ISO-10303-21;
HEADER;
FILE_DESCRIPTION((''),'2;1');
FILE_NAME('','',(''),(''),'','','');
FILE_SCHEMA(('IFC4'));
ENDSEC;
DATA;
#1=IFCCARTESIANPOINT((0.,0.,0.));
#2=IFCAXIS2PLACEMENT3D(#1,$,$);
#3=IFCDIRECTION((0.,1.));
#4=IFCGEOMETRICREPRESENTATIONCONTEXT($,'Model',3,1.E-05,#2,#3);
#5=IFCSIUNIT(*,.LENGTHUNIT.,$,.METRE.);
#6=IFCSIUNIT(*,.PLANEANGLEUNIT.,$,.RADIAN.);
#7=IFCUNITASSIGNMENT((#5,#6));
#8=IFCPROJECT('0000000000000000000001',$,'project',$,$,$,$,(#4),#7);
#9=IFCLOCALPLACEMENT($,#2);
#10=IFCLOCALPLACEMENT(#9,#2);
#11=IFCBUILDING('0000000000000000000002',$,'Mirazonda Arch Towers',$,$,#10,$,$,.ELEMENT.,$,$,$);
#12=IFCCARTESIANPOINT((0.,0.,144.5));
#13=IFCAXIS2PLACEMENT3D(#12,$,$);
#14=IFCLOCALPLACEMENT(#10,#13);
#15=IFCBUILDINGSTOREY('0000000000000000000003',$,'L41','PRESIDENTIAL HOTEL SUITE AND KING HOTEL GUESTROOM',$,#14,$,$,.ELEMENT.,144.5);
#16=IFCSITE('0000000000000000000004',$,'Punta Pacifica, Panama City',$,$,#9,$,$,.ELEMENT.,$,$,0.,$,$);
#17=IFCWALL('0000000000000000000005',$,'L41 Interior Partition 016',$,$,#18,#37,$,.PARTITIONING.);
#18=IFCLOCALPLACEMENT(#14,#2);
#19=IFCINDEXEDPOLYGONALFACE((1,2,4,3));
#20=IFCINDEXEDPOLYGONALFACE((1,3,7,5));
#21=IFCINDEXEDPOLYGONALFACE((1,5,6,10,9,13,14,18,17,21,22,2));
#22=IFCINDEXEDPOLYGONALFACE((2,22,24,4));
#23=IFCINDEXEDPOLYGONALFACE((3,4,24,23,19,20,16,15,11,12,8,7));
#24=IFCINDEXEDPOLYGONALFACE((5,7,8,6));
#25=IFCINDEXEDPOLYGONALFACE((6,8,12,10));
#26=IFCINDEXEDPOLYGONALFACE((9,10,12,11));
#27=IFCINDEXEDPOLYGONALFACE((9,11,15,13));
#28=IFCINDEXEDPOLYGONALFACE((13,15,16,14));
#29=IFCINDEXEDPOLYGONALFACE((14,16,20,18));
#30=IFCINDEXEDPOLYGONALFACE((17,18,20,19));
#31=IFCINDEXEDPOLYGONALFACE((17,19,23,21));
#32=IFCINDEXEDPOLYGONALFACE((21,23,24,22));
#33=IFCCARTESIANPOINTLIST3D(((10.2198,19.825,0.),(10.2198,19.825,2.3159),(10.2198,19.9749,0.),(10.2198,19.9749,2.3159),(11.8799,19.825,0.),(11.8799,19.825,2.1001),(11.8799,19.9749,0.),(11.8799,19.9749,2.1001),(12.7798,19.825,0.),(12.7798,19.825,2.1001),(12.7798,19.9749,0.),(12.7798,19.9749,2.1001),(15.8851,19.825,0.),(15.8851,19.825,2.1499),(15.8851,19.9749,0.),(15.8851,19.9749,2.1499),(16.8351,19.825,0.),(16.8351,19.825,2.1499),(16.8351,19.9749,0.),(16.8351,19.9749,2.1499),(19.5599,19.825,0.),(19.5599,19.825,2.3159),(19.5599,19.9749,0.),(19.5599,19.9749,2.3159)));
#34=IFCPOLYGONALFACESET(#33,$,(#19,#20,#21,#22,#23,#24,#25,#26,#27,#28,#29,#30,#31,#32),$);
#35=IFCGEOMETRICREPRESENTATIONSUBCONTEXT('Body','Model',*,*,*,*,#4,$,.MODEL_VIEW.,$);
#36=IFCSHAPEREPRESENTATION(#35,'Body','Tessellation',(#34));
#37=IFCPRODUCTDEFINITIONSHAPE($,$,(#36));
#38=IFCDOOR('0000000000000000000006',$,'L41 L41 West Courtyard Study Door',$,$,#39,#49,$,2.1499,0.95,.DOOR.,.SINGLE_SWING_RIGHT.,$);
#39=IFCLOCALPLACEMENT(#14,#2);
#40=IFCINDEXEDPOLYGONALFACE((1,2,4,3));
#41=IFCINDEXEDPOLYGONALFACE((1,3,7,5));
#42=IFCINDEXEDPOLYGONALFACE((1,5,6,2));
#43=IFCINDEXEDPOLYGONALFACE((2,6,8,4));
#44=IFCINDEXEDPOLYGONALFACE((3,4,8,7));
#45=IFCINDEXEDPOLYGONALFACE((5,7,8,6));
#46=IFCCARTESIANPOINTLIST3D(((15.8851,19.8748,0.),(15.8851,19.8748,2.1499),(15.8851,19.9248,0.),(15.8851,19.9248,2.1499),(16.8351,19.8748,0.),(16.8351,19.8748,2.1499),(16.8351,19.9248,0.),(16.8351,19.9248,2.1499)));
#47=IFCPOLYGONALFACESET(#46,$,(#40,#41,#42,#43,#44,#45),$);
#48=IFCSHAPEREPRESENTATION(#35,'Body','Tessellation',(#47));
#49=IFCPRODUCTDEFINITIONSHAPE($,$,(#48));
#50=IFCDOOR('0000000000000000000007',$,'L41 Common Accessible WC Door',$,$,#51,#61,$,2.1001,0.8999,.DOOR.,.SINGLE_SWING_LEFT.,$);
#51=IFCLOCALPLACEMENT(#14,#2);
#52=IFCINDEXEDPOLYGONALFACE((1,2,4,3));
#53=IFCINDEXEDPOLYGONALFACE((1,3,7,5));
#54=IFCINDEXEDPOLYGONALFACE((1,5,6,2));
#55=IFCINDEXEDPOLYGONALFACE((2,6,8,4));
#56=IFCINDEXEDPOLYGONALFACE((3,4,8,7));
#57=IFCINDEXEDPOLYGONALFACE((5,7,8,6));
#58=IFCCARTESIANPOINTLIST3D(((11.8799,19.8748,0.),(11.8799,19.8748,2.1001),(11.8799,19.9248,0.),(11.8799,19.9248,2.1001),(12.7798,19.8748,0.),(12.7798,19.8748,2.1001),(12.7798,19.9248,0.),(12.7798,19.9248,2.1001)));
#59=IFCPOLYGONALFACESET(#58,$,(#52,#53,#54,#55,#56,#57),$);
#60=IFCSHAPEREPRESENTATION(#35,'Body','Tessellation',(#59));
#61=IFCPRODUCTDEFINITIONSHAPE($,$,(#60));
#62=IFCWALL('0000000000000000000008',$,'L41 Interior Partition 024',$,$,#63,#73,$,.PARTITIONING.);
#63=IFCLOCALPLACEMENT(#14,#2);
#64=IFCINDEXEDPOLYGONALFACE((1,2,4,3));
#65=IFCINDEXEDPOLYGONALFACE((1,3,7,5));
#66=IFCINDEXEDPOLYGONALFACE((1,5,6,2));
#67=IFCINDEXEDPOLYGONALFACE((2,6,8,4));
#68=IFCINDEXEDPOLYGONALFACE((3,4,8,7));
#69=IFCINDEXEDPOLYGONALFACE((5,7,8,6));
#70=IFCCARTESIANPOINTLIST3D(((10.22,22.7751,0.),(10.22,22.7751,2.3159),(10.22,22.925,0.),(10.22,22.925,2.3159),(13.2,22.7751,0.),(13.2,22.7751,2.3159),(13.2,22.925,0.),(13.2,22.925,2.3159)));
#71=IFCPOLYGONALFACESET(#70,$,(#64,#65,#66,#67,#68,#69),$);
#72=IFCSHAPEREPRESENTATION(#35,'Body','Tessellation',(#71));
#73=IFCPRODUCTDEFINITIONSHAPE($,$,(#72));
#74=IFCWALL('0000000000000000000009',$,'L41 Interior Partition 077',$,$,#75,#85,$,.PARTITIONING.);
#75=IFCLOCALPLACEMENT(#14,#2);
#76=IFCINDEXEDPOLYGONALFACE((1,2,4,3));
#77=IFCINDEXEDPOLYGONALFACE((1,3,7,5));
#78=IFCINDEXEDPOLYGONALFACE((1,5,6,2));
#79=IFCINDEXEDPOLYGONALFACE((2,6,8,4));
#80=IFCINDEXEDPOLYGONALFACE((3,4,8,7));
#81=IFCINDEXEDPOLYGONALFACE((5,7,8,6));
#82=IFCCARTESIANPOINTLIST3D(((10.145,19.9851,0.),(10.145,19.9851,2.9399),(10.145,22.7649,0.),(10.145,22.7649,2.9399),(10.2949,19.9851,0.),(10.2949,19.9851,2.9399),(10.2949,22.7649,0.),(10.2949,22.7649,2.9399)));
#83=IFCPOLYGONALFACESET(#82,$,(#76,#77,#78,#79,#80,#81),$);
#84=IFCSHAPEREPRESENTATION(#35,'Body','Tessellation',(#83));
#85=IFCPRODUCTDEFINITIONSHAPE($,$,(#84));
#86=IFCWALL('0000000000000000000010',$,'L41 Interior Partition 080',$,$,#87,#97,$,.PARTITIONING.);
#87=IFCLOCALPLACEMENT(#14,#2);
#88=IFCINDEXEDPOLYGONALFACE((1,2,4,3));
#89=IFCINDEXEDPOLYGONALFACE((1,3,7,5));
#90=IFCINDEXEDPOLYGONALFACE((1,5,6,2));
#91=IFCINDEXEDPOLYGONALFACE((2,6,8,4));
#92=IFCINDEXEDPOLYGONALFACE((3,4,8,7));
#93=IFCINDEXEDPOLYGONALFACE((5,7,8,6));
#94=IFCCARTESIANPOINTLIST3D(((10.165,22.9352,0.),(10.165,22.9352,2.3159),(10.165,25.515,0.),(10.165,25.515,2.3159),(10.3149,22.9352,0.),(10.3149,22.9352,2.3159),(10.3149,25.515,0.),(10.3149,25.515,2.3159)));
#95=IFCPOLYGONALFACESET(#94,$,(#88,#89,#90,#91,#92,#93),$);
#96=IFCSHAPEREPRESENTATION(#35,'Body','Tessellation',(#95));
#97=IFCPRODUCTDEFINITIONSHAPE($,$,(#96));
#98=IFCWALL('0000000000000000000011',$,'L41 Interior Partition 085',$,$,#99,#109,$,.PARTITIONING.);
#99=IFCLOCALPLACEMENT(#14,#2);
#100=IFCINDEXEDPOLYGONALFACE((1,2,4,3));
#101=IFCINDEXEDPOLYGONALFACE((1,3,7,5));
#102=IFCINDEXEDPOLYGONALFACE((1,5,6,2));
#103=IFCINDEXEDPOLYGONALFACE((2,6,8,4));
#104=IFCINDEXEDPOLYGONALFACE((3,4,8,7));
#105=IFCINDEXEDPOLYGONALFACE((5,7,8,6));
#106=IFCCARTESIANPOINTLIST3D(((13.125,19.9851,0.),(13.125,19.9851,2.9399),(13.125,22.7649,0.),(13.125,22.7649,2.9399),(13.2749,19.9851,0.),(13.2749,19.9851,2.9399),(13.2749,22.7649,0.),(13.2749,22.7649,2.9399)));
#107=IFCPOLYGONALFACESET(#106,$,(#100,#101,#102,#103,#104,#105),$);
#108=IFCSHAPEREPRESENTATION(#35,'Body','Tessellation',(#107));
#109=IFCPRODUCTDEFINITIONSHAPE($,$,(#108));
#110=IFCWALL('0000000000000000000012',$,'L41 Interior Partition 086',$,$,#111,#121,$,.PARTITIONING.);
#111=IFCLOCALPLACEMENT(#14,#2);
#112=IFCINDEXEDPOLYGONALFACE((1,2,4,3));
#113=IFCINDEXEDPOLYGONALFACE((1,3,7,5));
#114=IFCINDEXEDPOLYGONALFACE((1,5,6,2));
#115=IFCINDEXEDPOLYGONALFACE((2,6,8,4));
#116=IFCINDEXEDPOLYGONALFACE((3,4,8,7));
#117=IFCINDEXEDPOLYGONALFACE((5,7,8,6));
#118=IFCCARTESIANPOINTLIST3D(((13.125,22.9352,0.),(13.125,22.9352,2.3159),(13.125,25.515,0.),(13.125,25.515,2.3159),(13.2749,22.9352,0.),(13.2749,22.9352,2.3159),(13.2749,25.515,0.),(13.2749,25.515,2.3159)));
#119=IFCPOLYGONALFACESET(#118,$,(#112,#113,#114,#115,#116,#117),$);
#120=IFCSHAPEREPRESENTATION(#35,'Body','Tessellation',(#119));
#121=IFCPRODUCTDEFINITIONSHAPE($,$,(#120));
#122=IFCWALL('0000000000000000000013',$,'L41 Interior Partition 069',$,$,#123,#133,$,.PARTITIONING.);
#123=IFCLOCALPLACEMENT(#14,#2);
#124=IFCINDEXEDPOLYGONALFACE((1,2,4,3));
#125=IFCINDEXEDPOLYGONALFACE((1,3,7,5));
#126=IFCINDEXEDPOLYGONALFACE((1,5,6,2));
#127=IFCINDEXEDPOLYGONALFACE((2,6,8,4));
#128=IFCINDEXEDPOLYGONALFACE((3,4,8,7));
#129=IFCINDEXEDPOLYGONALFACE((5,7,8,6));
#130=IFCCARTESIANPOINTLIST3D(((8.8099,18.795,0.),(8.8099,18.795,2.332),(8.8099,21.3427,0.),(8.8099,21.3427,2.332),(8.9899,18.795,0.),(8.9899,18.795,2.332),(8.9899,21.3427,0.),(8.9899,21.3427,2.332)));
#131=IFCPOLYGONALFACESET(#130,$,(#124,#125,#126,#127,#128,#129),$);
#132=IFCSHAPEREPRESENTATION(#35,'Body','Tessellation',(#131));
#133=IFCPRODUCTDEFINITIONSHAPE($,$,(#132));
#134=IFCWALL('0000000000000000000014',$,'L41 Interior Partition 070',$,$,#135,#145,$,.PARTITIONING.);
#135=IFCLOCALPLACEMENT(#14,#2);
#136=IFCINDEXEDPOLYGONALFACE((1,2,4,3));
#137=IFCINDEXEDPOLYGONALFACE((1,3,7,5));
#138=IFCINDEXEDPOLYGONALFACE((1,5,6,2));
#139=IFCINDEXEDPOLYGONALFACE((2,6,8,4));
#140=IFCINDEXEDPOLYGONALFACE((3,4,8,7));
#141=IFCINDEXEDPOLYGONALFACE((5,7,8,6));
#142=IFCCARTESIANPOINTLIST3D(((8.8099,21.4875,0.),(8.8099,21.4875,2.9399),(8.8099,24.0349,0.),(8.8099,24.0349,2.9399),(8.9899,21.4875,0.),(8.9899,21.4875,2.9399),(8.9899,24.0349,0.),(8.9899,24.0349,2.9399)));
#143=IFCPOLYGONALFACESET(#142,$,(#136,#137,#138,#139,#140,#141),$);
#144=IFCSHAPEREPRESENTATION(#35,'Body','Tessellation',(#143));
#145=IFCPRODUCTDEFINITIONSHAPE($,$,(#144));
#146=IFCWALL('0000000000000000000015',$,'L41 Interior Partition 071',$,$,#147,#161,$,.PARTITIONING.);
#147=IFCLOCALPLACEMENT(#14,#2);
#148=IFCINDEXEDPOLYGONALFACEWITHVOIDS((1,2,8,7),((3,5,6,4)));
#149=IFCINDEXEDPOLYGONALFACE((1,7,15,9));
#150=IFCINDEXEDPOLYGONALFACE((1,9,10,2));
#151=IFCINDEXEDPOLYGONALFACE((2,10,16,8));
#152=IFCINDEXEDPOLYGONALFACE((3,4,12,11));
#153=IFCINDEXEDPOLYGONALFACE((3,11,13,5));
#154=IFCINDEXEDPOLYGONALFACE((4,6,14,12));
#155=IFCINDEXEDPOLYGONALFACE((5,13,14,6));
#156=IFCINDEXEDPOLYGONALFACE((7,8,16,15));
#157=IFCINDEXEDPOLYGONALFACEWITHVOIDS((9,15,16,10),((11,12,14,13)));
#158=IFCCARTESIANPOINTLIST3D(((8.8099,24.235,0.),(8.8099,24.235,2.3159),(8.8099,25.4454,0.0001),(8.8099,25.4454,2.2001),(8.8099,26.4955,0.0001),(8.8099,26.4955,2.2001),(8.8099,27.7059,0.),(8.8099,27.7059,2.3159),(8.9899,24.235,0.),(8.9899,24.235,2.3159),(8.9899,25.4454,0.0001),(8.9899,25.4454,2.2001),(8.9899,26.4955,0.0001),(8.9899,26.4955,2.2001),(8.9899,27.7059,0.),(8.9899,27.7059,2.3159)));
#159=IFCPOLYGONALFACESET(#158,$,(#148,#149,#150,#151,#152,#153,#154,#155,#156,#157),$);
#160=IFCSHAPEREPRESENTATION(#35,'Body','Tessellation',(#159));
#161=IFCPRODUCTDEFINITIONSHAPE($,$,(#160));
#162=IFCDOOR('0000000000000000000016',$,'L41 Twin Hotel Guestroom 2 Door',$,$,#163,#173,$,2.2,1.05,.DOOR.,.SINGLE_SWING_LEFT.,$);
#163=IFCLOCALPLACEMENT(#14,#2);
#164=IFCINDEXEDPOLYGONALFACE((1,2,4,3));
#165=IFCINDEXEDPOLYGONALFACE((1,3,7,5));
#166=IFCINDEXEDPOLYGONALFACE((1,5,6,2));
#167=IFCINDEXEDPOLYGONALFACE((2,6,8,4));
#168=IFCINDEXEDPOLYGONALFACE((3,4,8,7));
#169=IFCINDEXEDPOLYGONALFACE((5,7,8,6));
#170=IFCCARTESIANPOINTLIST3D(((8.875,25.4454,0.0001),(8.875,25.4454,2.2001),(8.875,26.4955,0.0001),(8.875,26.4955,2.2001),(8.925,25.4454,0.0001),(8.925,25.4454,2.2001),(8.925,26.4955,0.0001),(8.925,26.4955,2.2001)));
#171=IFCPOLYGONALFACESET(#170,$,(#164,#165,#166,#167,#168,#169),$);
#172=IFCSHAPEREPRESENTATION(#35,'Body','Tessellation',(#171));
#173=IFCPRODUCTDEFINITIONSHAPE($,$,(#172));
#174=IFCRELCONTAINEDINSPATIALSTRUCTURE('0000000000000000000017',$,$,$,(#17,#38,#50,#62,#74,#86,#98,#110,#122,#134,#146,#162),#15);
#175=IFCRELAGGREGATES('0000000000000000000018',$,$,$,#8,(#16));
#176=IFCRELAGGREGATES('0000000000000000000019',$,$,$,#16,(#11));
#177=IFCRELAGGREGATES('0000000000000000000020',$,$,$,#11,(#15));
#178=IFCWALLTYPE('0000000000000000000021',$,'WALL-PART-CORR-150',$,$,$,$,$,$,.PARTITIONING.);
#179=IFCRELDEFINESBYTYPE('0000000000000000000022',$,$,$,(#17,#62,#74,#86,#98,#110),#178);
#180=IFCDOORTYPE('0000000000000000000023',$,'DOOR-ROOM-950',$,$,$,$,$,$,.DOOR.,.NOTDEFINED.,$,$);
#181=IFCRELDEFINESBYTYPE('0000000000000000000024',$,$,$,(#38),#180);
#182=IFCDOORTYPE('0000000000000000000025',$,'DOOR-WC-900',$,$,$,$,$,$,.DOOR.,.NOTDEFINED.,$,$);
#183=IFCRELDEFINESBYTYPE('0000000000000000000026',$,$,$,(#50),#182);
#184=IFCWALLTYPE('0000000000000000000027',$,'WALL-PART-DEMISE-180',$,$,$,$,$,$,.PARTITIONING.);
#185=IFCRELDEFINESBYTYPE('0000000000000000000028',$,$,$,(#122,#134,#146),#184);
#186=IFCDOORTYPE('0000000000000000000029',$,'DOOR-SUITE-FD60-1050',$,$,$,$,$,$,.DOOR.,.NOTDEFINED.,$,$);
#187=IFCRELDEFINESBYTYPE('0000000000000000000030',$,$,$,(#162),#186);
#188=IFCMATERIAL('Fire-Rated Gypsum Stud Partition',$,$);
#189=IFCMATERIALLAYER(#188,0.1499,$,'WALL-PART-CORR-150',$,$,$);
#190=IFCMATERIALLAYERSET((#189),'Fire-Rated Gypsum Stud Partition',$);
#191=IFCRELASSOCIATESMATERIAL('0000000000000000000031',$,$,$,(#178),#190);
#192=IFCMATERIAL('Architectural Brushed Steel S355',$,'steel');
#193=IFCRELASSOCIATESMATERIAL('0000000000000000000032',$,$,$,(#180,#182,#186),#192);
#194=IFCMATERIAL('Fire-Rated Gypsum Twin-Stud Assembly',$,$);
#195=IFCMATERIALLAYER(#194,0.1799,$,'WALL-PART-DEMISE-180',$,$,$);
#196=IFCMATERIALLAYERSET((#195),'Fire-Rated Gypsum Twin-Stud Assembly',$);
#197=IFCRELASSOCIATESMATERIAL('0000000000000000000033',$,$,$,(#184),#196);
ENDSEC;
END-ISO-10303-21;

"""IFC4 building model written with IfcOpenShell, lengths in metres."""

from ifc_helpers import new_model, si_unit, direction, frame, frame_2d, origin, place, context, subcontext, project, spatial, rectangle, extrude, material, layer, layer_set, type_object, element, fill, save


model = new_model("IFC4")

# Units and contexts
model_context = context("Model", 3, precision=1e-05, world=origin(), true_north=direction((0.0, 1.0)))
body_context = subcontext(model_context, "Body", "Model", "MODEL_VIEW")
ifc_project = project(units=[si_unit("LENGTHUNIT", "METRE"), si_unit("PLANEANGLEUNIT", "RADIAN")], contexts=[model_context])

# Site, building, storey
site_placement = place(None, origin())
site = spatial("IfcSite", under=ifc_project, at=site_placement, Name="Punta Pacifica, Panama City", CompositionType="ELEMENT", RefElevation=0.0)
building_placement = place(site_placement, origin())
building = spatial("IfcBuilding", under=site, at=building_placement, Name="Mirazonda Arch Towers", CompositionType="ELEMENT")
storey_placement = place(building_placement, frame((0.0, 0.0, 144.5)))
storey = spatial("IfcBuildingStorey", under=building, at=storey_placement, Name="L41", Description="PRESIDENTIAL HOTEL SUITE AND KING HOTEL GUESTROOM", CompositionType="ELEMENT", Elevation=144.5)

# Shared definitions
ifc_material_1 = material(Name="Architectural Brushed Steel S355", Category="steel")

# Shared definitions
ifc_material_2 = material(Name="Fire-Rated Gypsum Stud Partition")
ifc_layer_1 = layer(ifc_material_2, 0.1499, Name="WALL-PART-CORR-150")
ifc_layer_set_1 = layer_set([ifc_layer_1], Name="Fire-Rated Gypsum Stud Partition")
wall_type_1 = type_object("IfcWallType", Name="WALL-PART-CORR-150", PredefinedType="PARTITIONING", material=ifc_layer_set_1)

# Wall, openings, doors
wall_1_placement = place(storey_placement, frame((10.22, 19.8999, 0.0), z_axis=(0.0, 0.0, 1.0), x_axis=(1.0, 0.0, 0.0)))
wall_1 = element("IfcWall", 1, at=wall_1_placement, inside=storey, type_object=wall_type_1, Name="L41 Interior Partition 016", PredefinedType="PARTITIONING", context=body_context, shape_type="SweptSolid", body=[
    extrude(rectangle(XDim=9.3401, YDim=0.1499, at=frame_2d((4.6699, 0.0))), origin(), (0.0, 0.0, 1.0), 2.3159),
])
opening_1_placement = place(wall_1_placement, frame((1.6599, 0.0, 0.0)))
opening_1 = element("IfcOpeningElement", 2, at=opening_1_placement, cuts=wall_1, PredefinedType="OPENING", context=body_context, shape_type="SweptSolid", body=[
    extrude(rectangle(XDim=0.8999, YDim=2.1001, at=frame_2d((0.45, 1.05))), frame((0.0, 0.085, 0.0), z_axis=(0.0, -1.0, 0.0), x_axis=(1.0, 0.0, 0.0)), (0.0, 0.0, 1.0), 0.1699),
])
opening_2_placement = place(wall_1_placement, frame((5.665, 0.0, 0.0)))
opening_2 = element("IfcOpeningElement", 3, at=opening_2_placement, cuts=wall_1, PredefinedType="OPENING", context=body_context, shape_type="SweptSolid", body=[
    extrude(rectangle(XDim=0.95, YDim=2.1499, at=frame_2d((0.4751, 1.075))), frame((0.0, 0.085, 0.0), z_axis=(0.0, -1.0, 0.0), x_axis=(1.0, 0.0, 0.0)), (0.0, 0.0, 1.0), 0.1699),
])
door_type_1 = type_object("IfcDoorType", Name="DOOR-ROOM-950", OperationType="NOTDEFINED", PredefinedType="DOOR", material=ifc_material_1)
door_1_placement = place(opening_2_placement, origin())
door_1 = element("IfcDoor", 4, at=door_1_placement, inside=storey, type_object=door_type_1, Name="L41 L41 West Courtyard Study Door", OperationType="SINGLE_SWING_RIGHT", OverallHeight=2.1499, OverallWidth=0.95, PredefinedType="DOOR", context=body_context, shape_type="SweptSolid", body=[
    extrude(rectangle(XDim=0.95, YDim=2.1499, at=frame_2d((0.4751, 1.075))), frame((0.0, 0.0249, 0.0), z_axis=(0.0, -1.0, 0.0), x_axis=(1.0, 0.0, 0.0)), (0.0, 0.0, 1.0), 0.05),
])
fill(opening_2, door_1)
door_type_2 = type_object("IfcDoorType", Name="DOOR-WC-900", OperationType="NOTDEFINED", PredefinedType="DOOR", material=ifc_material_1)
door_2_placement = place(opening_1_placement, origin())
door_2 = element("IfcDoor", 5, at=door_2_placement, inside=storey, type_object=door_type_2, Name="L41 Common Accessible WC Door", OperationType="SINGLE_SWING_LEFT", OverallHeight=2.1001, OverallWidth=0.8999, PredefinedType="DOOR", context=body_context, shape_type="SweptSolid", body=[
    extrude(rectangle(XDim=0.8999, YDim=2.1001, at=frame_2d((0.45, 1.05))), frame((0.0, 0.0249, 0.0), z_axis=(0.0, -1.0, 0.0), x_axis=(1.0, 0.0, 0.0)), (0.0, 0.0, 1.0), 0.05),
])
fill(opening_1, door_2)

# Walls
wall_2_placement = place(storey_placement, frame((10.22, 22.8501, 0.0), z_axis=(0.0, 0.0, 1.0), x_axis=(1.0, 0.0, 0.0)))
element("IfcWall", 6, at=wall_2_placement, inside=storey, type_object=wall_type_1, Name="L41 Interior Partition 024", PredefinedType="PARTITIONING", context=body_context, shape_type="SweptSolid", body=[
    extrude(rectangle(XDim=2.98, YDim=0.1499, at=frame_2d((1.49, 0.0))), origin(), (0.0, 0.0, 1.0), 2.3159),
])
wall_3_placement = place(storey_placement, frame((10.22, 19.9851, 0.0), z_axis=(0.0, 0.0, 1.0), x_axis=(0.0, 1.0, 0.0)))
element("IfcWall", 7, at=wall_3_placement, inside=storey, type_object=wall_type_1, Name="L41 Interior Partition 077", PredefinedType="PARTITIONING", context=body_context, shape_type="SweptSolid", body=[
    extrude(rectangle(XDim=2.7798, YDim=0.1499, at=frame_2d((1.3899, 0.0))), origin(), (0.0, 0.0, 1.0), 2.9399),
])
wall_4_placement = place(storey_placement, frame((10.24, 22.9351, 0.0), z_axis=(0.0, 0.0, 1.0), x_axis=(0.0, 1.0, 0.0)))
element("IfcWall", 8, at=wall_4_placement, inside=storey, type_object=wall_type_1, Name="L41 Interior Partition 080", PredefinedType="PARTITIONING", context=body_context, shape_type="SweptSolid", body=[
    extrude(rectangle(XDim=2.5798, YDim=0.1499, at=frame_2d((1.29, 0.0))), origin(), (0.0, 0.0, 1.0), 2.3159),
])
wall_5_placement = place(storey_placement, frame((13.2, 19.9851, 0.0), z_axis=(0.0, 0.0, 1.0), x_axis=(0.0, 1.0, 0.0)))
element("IfcWall", 9, at=wall_5_placement, inside=storey, type_object=wall_type_1, Name="L41 Interior Partition 085", PredefinedType="PARTITIONING", context=body_context, shape_type="SweptSolid", body=[
    extrude(rectangle(XDim=2.7798, YDim=0.1499, at=frame_2d((1.3899, 0.0))), origin(), (0.0, 0.0, 1.0), 2.9399),
])
wall_6_placement = place(storey_placement, frame((13.2, 22.9351, 0.0), z_axis=(0.0, 0.0, 1.0), x_axis=(0.0, 1.0, 0.0)))
element("IfcWall", 10, at=wall_6_placement, inside=storey, type_object=wall_type_1, Name="L41 Interior Partition 086", PredefinedType="PARTITIONING", context=body_context, shape_type="SweptSolid", body=[
    extrude(rectangle(XDim=2.5798, YDim=0.1499, at=frame_2d((1.29, 0.0))), origin(), (0.0, 0.0, 1.0), 2.3159),
])
ifc_material_3 = material(Name="Fire-Rated Gypsum Twin-Stud Assembly")
ifc_layer_2 = layer(ifc_material_3, 0.1799, Name="WALL-PART-DEMISE-180")
ifc_layer_set_2 = layer_set([ifc_layer_2], Name="Fire-Rated Gypsum Twin-Stud Assembly")
wall_type_2 = type_object("IfcWallType", Name="WALL-PART-DEMISE-180", PredefinedType="PARTITIONING", material=ifc_layer_set_2)
wall_7_placement = place(storey_placement, frame((8.8999, 18.7949, 0.0), z_axis=(0.0, 0.0, 1.0), x_axis=(0.0, 1.0, 0.0)))
element("IfcWall", 11, at=wall_7_placement, inside=storey, type_object=wall_type_2, Name="L41 Interior Partition 069", PredefinedType="PARTITIONING", context=body_context, shape_type="SweptSolid", body=[
    extrude(rectangle(XDim=2.5476, YDim=0.1799, at=frame_2d((1.2739, 0.0))), origin(), (0.0, 0.0, 1.0), 2.332),
])
wall_8_placement = place(storey_placement, frame((8.8999, 21.4875, 0.0), z_axis=(0.0, 0.0, 1.0), x_axis=(0.0, 1.0, 0.0)))
element("IfcWall", 12, at=wall_8_placement, inside=storey, type_object=wall_type_2, Name="L41 Interior Partition 070", PredefinedType="PARTITIONING", context=body_context, shape_type="SweptSolid", body=[
    extrude(rectangle(XDim=2.5474, YDim=0.1799, at=frame_2d((1.2737, 0.0))), origin(), (0.0, 0.0, 1.0), 2.9399),
])

# Wall, opening, door
wall_9_placement = place(storey_placement, frame((8.8999, 24.2351, 0.0), z_axis=(0.0, 0.0, 1.0), x_axis=(0.0, 1.0, 0.0)))
wall_9 = element("IfcWall", 13, at=wall_9_placement, inside=storey, type_object=wall_type_2, Name="L41 Interior Partition 071", PredefinedType="PARTITIONING", context=body_context, shape_type="SweptSolid", body=[
    extrude(rectangle(XDim=3.4709, YDim=0.1799, at=frame_2d((1.7354, 0.0))), origin(), (0.0, 0.0, 1.0), 2.3159),
])
opening_3_placement = place(wall_9_placement, frame((1.2104, 0.0, 0.0)))
opening_3 = element("IfcOpeningElement", 14, at=opening_3_placement, cuts=wall_9, PredefinedType="OPENING", context=body_context, shape_type="SweptSolid", body=[
    extrude(rectangle(XDim=1.05, YDim=2.2, at=frame_2d((0.5249, 1.1001))), frame((0.0, 0.0999, 0.0), z_axis=(0.0, -1.0, 0.0), x_axis=(1.0, 0.0, 0.0)), (0.0, 0.0, 1.0), 0.2),
])
door_type_3 = type_object("IfcDoorType", Name="DOOR-SUITE-FD60-1050", OperationType="NOTDEFINED", PredefinedType="DOOR", material=ifc_material_1)
door_3_placement = place(opening_3_placement, origin())
door_3 = element("IfcDoor", 15, at=door_3_placement, inside=storey, type_object=door_type_3, Name="L41 Twin Hotel Guestroom 2 Door", OperationType="SINGLE_SWING_LEFT", OverallHeight=2.2, OverallWidth=1.05, PredefinedType="DOOR", context=body_context, shape_type="SweptSolid", body=[
    extrude(rectangle(XDim=1.05, YDim=2.2, at=frame_2d((0.5249, 1.1001))), frame((0.0, 0.0249, 0.0), z_axis=(0.0, -1.0, 0.0), x_axis=(1.0, 0.0, 0.0)), (0.0, 0.0, 1.0), 0.05),
])
fill(opening_3, door_3)

save(model, "model.ifc")
